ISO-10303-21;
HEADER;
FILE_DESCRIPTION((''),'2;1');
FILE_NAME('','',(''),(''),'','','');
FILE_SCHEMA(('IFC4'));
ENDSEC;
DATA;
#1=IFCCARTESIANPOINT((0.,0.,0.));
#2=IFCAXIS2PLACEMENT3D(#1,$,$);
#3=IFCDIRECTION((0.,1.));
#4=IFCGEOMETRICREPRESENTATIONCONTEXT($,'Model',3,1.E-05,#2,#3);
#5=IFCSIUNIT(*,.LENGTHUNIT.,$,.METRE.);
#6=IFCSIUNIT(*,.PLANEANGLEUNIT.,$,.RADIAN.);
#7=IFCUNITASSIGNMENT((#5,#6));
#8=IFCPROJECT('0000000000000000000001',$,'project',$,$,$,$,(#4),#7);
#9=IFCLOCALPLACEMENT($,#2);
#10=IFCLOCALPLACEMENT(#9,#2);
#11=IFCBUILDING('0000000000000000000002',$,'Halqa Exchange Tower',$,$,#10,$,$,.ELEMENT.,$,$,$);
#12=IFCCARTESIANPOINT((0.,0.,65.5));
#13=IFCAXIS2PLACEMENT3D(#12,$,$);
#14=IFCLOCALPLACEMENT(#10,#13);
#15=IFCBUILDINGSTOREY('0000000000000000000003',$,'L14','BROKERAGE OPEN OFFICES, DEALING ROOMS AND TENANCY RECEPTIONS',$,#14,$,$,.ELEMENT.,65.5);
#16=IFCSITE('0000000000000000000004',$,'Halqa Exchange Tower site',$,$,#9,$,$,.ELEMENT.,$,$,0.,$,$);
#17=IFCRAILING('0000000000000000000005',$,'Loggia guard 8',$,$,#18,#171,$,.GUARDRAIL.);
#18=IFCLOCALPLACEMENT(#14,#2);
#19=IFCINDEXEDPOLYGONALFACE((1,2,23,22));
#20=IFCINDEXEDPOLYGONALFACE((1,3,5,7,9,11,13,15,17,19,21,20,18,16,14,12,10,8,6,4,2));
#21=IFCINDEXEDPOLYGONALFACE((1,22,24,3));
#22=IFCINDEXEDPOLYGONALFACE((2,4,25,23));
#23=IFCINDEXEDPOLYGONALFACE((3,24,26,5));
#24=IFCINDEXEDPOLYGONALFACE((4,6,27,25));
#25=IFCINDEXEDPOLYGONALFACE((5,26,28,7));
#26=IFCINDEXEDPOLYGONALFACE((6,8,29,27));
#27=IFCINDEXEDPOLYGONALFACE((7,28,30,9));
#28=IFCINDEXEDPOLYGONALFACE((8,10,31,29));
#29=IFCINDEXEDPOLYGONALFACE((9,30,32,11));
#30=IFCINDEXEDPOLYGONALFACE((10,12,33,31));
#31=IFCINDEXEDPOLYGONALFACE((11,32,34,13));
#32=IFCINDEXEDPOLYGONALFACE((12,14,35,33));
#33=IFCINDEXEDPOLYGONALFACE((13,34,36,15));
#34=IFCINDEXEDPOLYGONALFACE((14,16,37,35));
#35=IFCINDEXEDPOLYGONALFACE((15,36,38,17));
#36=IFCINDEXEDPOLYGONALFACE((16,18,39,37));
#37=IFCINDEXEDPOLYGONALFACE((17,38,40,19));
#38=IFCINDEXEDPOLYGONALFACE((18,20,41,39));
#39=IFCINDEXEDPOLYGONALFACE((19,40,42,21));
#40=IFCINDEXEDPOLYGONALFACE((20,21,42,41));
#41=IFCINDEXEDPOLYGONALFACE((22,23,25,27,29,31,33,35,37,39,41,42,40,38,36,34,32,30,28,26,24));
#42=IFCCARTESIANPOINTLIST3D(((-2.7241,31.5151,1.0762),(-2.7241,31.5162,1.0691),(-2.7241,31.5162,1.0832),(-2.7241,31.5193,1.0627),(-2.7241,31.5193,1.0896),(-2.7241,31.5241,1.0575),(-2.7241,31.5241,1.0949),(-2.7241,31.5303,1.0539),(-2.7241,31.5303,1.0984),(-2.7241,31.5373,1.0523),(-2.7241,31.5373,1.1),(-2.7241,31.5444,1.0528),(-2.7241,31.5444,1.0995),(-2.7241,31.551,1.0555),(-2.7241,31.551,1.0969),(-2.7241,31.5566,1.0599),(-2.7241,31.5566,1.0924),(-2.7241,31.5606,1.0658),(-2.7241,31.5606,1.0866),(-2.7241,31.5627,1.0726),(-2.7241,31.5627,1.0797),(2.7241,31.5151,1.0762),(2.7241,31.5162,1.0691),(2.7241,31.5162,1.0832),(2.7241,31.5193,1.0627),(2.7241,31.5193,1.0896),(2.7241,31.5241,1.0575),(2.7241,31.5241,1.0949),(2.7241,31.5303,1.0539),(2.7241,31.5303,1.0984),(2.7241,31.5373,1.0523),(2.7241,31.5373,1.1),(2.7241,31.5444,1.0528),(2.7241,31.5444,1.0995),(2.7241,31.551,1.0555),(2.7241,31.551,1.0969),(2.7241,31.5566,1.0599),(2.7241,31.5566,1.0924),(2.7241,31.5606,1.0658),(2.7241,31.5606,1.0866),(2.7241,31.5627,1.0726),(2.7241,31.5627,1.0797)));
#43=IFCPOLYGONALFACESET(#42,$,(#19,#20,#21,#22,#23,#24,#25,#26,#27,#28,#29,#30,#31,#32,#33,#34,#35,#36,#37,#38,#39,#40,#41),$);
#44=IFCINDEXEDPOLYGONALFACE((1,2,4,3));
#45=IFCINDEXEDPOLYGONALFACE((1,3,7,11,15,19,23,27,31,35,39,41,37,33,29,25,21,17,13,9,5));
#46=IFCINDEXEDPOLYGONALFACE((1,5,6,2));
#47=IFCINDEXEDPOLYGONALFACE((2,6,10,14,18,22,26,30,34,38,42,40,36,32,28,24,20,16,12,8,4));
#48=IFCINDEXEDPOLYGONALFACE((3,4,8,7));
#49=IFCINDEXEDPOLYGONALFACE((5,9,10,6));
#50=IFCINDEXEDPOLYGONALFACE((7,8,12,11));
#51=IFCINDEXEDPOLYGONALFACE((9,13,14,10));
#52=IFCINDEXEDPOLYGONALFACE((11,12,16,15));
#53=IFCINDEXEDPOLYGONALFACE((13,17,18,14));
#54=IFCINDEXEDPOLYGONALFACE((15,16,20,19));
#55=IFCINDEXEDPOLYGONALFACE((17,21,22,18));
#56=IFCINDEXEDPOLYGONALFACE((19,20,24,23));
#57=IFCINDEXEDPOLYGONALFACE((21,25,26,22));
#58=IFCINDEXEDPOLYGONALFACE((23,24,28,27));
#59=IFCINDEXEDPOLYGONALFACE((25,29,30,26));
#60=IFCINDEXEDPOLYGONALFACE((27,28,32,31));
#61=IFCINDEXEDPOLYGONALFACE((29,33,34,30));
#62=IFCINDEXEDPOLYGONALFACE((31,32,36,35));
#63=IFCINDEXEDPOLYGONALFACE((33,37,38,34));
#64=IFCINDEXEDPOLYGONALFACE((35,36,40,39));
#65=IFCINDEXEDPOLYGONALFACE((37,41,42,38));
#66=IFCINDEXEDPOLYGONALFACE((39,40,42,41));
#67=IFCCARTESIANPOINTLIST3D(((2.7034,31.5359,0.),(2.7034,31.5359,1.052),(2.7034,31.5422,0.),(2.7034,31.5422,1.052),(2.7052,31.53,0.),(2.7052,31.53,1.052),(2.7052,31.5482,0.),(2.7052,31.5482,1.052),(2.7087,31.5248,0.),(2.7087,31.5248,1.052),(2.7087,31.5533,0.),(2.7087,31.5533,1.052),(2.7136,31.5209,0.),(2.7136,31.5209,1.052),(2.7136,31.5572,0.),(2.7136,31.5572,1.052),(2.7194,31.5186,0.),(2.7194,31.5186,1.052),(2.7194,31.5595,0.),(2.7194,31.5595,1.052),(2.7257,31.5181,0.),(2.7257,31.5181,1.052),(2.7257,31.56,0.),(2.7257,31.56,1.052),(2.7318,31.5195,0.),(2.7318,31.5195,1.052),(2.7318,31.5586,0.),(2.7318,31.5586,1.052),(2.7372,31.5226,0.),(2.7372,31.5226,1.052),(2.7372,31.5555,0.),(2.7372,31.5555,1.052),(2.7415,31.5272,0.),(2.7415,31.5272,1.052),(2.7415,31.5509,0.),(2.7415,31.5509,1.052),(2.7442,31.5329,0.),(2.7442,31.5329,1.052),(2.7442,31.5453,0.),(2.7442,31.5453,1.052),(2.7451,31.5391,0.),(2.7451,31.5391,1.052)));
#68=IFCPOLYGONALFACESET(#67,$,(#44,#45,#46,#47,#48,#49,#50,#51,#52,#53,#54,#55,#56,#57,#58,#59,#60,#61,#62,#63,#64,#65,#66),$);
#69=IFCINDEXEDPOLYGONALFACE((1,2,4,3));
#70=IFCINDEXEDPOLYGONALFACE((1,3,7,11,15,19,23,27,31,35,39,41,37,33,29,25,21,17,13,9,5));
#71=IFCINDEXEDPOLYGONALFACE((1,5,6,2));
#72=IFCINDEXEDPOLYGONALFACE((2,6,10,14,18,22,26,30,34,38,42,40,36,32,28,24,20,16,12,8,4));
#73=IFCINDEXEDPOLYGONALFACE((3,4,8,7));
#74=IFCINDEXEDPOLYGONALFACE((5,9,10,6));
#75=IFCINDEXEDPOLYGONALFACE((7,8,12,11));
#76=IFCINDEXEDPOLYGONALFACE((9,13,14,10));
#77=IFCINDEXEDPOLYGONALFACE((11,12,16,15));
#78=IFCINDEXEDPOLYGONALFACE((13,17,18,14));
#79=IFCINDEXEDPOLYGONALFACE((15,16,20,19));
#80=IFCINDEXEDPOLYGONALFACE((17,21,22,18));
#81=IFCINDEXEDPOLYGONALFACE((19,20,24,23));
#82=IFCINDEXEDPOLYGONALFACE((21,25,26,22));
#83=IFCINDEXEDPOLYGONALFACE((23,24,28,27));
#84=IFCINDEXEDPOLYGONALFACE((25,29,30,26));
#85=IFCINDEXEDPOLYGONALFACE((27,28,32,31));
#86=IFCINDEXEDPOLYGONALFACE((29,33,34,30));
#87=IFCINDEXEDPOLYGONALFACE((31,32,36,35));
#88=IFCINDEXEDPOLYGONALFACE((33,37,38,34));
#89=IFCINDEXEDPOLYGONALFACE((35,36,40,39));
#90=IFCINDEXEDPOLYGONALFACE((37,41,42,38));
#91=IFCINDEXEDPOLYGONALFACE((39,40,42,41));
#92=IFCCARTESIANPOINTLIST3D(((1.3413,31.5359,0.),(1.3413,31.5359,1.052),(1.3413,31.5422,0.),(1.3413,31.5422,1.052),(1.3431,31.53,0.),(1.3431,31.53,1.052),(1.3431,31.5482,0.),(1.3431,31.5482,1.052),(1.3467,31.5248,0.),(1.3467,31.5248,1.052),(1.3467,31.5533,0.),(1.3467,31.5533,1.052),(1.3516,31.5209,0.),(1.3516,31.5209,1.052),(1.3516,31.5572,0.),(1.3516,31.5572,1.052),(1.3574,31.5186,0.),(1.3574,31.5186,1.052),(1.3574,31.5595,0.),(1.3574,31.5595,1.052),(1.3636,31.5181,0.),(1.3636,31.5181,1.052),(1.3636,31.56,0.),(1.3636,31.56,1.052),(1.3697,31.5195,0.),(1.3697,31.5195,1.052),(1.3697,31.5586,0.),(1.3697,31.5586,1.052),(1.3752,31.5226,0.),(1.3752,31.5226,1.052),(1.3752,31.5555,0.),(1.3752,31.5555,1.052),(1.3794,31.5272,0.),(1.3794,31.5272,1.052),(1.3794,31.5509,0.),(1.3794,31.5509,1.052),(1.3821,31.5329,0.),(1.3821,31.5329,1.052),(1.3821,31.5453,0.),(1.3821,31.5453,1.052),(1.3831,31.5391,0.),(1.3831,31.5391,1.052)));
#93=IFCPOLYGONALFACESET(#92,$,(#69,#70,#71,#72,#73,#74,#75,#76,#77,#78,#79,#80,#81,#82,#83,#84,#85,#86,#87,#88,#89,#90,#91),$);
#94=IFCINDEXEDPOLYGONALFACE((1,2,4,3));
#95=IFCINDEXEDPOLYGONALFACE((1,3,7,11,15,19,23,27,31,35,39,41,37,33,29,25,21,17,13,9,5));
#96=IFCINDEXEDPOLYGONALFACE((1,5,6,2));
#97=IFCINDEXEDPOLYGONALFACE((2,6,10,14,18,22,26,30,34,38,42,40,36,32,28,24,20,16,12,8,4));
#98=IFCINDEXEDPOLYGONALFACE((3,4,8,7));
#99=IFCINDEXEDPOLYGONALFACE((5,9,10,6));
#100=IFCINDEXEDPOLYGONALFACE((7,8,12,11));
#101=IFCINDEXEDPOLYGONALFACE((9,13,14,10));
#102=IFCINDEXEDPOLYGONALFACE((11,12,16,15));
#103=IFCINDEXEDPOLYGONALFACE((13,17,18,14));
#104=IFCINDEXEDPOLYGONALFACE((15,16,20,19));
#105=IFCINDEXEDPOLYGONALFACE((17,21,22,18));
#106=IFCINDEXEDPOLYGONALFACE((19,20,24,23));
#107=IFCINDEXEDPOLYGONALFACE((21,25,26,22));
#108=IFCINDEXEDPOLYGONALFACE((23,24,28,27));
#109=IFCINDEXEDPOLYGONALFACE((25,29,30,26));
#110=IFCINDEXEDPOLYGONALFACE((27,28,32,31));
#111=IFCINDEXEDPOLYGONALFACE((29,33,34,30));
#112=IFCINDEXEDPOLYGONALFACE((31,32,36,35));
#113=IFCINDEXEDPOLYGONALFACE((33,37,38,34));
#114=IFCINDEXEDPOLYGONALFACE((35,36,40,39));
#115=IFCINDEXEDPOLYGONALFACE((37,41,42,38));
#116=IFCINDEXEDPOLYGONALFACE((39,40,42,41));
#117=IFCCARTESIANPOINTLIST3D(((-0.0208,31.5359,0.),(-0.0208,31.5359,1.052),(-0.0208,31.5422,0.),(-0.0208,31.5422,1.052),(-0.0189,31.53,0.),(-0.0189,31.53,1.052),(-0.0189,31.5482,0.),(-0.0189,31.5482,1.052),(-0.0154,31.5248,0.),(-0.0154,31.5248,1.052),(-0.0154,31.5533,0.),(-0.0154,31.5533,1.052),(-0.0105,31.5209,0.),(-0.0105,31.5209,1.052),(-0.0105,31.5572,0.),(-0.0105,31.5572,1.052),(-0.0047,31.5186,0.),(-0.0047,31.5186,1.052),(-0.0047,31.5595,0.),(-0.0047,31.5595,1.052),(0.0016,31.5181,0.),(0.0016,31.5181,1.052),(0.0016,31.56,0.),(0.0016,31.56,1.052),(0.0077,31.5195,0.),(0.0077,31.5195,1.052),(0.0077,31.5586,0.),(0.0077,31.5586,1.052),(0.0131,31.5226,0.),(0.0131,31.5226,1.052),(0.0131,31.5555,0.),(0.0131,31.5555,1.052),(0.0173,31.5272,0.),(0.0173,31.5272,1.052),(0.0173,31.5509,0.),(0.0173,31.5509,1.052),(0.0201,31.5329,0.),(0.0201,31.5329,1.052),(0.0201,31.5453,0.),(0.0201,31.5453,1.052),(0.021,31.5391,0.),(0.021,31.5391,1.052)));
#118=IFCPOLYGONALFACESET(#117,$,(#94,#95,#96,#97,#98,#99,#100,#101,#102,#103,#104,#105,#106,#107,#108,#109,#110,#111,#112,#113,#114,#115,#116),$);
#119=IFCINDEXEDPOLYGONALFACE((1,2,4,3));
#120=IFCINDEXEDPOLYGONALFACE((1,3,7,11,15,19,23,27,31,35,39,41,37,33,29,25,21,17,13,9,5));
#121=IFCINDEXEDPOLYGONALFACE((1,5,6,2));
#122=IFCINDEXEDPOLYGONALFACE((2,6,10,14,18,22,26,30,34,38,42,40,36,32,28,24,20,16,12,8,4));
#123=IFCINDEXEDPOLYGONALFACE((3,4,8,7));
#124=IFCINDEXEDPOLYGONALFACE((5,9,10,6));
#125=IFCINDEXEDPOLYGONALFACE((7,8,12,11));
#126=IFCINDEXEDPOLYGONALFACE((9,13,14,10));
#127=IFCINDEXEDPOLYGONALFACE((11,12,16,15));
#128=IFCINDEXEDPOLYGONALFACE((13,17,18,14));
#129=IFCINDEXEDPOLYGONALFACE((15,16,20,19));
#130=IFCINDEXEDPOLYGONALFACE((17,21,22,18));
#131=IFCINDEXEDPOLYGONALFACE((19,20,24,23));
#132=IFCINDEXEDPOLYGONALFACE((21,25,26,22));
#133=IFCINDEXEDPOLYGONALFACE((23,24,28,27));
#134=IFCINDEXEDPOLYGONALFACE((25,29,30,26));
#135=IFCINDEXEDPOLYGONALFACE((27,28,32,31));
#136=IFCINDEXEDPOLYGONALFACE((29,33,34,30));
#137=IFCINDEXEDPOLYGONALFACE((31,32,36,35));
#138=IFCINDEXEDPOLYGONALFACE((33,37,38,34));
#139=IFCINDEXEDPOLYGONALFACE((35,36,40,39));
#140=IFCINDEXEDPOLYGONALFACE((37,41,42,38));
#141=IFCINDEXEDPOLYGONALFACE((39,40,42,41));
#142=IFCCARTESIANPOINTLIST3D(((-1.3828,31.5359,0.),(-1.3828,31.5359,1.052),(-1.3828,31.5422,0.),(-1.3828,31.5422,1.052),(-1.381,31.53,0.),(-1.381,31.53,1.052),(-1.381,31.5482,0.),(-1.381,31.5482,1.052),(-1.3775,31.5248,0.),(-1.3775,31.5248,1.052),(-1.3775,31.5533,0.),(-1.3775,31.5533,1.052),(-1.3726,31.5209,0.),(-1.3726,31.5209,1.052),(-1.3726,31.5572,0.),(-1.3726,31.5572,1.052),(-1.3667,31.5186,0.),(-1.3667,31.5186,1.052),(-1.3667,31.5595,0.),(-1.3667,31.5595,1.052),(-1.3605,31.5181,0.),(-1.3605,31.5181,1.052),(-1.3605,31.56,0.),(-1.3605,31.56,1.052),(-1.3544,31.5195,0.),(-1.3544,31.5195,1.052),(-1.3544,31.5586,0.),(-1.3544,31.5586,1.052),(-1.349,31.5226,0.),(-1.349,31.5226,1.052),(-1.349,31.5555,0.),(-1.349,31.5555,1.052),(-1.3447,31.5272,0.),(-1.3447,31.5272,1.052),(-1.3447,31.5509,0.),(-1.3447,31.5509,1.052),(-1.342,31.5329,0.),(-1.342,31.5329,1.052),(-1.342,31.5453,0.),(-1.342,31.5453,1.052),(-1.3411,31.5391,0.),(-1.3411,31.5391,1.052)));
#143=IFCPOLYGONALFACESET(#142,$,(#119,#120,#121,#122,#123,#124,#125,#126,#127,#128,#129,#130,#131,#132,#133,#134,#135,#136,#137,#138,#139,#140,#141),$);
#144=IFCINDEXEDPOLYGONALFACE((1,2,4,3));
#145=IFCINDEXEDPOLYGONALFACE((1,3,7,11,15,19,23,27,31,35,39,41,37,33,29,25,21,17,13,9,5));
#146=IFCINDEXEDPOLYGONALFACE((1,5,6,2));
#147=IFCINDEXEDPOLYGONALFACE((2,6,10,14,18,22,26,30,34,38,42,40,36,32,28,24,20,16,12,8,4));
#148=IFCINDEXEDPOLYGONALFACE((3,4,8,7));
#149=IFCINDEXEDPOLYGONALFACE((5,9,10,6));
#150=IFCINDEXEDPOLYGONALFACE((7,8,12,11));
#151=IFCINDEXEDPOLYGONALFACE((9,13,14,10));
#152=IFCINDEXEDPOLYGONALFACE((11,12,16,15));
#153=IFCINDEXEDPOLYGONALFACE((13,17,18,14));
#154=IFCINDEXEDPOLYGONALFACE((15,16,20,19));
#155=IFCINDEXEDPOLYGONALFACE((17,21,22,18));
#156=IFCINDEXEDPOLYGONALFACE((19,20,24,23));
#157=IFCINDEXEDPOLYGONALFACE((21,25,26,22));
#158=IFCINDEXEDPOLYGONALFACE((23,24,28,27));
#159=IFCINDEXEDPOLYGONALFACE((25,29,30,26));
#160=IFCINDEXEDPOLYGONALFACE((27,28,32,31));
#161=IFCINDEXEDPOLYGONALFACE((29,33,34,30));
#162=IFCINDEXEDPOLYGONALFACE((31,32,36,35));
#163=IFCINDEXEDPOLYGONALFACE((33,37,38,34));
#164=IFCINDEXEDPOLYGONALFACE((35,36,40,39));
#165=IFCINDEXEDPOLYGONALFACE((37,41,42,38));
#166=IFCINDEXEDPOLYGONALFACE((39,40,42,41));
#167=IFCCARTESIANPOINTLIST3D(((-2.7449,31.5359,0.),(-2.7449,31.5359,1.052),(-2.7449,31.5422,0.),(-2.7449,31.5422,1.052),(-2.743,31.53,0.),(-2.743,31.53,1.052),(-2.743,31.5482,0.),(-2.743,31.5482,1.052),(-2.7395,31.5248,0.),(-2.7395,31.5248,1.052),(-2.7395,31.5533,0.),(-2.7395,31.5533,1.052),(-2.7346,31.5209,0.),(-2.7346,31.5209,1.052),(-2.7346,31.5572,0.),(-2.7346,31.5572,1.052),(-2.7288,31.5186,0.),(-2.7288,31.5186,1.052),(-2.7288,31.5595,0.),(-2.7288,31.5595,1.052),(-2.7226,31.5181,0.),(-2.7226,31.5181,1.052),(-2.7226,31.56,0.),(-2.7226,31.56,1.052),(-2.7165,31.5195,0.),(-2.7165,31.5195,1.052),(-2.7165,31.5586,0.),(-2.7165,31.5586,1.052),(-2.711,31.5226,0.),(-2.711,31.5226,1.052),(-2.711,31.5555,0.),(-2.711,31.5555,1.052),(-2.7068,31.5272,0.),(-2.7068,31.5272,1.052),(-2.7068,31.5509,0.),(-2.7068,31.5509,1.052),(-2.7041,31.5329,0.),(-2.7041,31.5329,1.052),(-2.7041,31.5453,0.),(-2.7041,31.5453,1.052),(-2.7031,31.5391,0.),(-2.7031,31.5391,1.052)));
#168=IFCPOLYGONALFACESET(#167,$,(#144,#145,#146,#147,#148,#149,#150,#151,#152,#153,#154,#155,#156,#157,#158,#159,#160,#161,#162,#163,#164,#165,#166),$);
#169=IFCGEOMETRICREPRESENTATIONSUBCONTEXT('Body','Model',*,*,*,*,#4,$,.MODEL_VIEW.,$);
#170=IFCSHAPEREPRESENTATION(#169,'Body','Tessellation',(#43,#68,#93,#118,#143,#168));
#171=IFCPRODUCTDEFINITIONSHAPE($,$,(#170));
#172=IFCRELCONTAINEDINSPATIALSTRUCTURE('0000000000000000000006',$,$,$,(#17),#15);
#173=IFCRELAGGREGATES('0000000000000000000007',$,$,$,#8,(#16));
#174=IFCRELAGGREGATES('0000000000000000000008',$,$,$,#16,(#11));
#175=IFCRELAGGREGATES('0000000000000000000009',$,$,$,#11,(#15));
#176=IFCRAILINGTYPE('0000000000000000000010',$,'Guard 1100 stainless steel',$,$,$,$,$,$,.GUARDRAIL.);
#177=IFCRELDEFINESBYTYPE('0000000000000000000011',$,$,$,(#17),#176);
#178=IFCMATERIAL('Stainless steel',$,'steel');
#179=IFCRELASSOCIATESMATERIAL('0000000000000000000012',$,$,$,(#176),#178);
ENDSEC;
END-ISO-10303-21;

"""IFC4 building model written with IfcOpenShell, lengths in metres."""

from ifc_helpers import new_model, si_unit, direction, frame, origin, origin_2d, place, context, subcontext, project, spatial, circle, extrude, material, type_object, element, save


model = new_model("IFC4")

# Units and contexts
model_context = context("Model", 3, precision=1e-05, world=origin(), true_north=direction((0.0, 1.0)))
body_context = subcontext(model_context, "Body", "Model", "MODEL_VIEW")
ifc_project = project(units=[si_unit("LENGTHUNIT", "METRE"), si_unit("PLANEANGLEUNIT", "RADIAN")], contexts=[model_context])

# Site, building, storey
site_placement = place(None, origin())
site = spatial("IfcSite", under=ifc_project, at=site_placement, Name="Halqa Exchange Tower site", CompositionType="ELEMENT", RefElevation=0.0)
building_placement = place(site_placement, origin())
building = spatial("IfcBuilding", under=site, at=building_placement, Name="Halqa Exchange Tower", CompositionType="ELEMENT")
storey_placement = place(building_placement, frame((0.0, 0.0, 65.5)))
storey = spatial("IfcBuildingStorey", under=building, at=storey_placement, Name="L14", Description="BROKERAGE OPEN OFFICES, DEALING ROOMS AND TENANCY RECEPTIONS", CompositionType="ELEMENT", Elevation=65.5)

# Railing
ifc_material_1 = material(Name="Stainless steel", Category="steel")
railing_type_1 = type_object("IfcRailingType", Name="Guard 1100 stainless steel", PredefinedType="GUARDRAIL", material=ifc_material_1)
railing_1_placement = place(storey_placement, frame((2.7241, 31.5391, 0.0)))
element("IfcRailing", 1, at=railing_1_placement, inside=storey, type_object=railing_type_1, Name="Loggia guard 8", PredefinedType="GUARDRAIL", context=body_context, shape_type="SweptSolid", body=[
    extrude(circle(Radius=0.0239, at=origin_2d()), frame((0.0, 0.0, 1.0762), z_axis=(-1.0, 0.0, 0.0), x_axis=(0.0, -1.0, 0.0)), (0.0, 0.0, 1.0), 5.4482),
    extrude(circle(Radius=0.021, at=origin_2d()), origin(), (0.0, 0.0, 1.0), 1.052),
    extrude(circle(Radius=0.021, at=origin_2d()), frame((-1.3621, 0.0, 0.0)), (0.0, 0.0, 1.0), 1.052),
    extrude(circle(Radius=0.021, at=origin_2d()), frame((-2.7241, 0.0, 0.0)), (0.0, 0.0, 1.0), 1.052),
    extrude(circle(Radius=0.021, at=origin_2d()), frame((-4.0862, 0.0, 0.0)), (0.0, 0.0, 1.0), 1.052),
    extrude(circle(Radius=0.021, at=origin_2d()), frame((-5.4482, 0.0, 0.0)), (0.0, 0.0, 1.0), 1.052),
])

save(model, "model.ifc")
